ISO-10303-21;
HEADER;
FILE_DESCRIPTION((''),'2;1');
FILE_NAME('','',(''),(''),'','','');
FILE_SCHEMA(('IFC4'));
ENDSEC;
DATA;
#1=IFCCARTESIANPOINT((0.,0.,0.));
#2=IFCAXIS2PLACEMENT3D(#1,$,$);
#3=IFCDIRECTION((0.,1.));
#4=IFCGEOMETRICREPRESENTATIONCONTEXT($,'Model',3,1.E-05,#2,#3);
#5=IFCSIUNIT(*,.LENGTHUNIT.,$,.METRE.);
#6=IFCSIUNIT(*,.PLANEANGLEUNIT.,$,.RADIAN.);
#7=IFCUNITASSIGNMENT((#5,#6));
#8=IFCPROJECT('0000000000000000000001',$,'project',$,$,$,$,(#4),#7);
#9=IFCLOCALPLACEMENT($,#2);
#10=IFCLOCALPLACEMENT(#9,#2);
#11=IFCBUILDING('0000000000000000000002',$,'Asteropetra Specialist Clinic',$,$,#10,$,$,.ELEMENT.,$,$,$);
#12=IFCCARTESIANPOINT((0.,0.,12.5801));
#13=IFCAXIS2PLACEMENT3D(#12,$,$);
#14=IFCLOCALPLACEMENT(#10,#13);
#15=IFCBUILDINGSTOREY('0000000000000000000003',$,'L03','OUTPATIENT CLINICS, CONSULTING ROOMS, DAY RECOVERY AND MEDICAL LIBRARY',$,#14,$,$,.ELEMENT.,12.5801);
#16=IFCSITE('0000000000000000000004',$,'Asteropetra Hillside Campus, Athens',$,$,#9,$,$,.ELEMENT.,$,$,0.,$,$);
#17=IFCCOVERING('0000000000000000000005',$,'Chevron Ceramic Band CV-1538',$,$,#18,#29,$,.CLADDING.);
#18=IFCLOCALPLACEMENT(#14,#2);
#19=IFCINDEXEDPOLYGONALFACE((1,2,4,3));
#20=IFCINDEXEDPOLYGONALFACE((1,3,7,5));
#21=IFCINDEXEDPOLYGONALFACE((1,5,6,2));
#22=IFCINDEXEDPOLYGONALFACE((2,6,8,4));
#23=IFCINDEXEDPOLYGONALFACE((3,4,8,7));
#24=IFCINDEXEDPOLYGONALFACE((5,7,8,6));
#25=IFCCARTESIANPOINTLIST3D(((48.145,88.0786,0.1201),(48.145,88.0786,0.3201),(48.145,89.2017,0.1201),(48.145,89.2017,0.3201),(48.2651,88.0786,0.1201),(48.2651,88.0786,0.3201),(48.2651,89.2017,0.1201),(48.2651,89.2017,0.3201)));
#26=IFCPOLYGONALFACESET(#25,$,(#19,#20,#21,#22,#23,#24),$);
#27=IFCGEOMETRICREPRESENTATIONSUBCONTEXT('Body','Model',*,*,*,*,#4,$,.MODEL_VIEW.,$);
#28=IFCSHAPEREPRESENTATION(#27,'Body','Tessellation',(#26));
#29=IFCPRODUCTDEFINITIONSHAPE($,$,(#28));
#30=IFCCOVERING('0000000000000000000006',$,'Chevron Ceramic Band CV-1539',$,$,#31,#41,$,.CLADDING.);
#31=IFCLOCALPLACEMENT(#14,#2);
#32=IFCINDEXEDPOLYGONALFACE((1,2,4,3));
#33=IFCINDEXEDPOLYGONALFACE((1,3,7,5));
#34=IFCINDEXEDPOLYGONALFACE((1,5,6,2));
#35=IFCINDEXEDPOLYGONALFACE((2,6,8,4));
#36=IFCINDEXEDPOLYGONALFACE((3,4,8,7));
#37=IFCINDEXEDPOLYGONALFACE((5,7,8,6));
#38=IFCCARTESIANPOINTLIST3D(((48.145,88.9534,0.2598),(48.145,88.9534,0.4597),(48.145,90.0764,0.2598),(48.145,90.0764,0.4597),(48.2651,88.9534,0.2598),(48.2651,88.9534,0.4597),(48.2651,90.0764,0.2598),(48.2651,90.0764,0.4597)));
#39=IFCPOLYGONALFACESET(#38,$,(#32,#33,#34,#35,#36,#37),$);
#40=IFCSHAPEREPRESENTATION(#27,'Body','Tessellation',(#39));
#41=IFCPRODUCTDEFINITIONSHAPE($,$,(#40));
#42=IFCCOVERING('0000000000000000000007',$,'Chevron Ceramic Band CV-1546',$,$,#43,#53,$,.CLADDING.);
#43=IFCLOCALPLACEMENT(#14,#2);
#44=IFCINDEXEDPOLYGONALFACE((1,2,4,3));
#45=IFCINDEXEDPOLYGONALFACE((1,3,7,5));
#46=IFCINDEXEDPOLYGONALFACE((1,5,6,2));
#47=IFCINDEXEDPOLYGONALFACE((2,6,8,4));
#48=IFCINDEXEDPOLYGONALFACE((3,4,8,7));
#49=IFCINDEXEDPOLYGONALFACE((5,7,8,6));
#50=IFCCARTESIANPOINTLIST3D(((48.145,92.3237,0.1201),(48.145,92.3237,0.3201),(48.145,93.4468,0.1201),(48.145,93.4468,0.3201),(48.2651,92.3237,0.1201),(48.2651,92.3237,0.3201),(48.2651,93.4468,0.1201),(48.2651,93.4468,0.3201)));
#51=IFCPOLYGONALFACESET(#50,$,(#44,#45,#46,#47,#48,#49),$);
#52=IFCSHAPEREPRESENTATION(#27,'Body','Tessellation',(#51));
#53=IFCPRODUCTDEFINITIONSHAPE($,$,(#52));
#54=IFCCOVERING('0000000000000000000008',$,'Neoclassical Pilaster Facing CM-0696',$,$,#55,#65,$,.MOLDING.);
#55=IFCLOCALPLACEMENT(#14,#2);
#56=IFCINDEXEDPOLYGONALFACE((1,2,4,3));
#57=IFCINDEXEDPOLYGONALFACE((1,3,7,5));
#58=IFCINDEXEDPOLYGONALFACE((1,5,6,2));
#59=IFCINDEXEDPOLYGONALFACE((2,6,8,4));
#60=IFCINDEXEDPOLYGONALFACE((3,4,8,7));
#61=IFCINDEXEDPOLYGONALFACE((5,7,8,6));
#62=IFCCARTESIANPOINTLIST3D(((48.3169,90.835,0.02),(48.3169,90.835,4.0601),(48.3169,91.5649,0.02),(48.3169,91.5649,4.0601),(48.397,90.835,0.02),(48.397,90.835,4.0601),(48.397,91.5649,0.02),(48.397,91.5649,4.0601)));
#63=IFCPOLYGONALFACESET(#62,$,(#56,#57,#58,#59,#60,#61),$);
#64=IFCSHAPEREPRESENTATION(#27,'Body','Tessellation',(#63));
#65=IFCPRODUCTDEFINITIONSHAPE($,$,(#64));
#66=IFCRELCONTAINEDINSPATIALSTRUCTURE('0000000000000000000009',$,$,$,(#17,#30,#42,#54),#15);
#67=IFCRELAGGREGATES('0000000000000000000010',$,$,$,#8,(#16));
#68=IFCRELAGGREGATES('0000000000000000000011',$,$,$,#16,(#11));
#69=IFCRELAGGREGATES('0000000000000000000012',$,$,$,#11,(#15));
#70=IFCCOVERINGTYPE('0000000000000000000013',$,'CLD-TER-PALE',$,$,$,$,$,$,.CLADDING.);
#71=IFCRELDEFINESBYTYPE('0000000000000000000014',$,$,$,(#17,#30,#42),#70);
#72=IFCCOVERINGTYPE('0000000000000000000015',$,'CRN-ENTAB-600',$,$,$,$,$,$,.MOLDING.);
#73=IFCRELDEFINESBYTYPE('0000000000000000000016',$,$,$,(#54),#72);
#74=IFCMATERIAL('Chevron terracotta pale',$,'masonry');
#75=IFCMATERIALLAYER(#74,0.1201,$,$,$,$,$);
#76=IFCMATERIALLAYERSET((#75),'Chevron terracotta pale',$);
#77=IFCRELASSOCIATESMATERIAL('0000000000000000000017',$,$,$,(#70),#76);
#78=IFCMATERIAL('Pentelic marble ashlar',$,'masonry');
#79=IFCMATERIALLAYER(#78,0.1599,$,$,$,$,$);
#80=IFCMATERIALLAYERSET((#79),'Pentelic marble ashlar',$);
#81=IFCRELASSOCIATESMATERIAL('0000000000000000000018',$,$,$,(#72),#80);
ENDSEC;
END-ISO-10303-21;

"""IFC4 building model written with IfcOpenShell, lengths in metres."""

from ifc_helpers import new_model, si_unit, direction, frame, origin, origin_2d, place, context, subcontext, project, spatial, rectangle, extrude, material, layer, layer_set, type_object, element, save


model = new_model("IFC4")

# Units and contexts
model_context = context("Model", 3, precision=1e-05, world=origin(), true_north=direction((0.0, 1.0)))
body_context = subcontext(model_context, "Body", "Model", "MODEL_VIEW")
ifc_project = project(units=[si_unit("LENGTHUNIT", "METRE"), si_unit("PLANEANGLEUNIT", "RADIAN")], contexts=[model_context])

# Site, building, storey
site_placement = place(None, origin())
site = spatial("IfcSite", under=ifc_project, at=site_placement, Name="Asteropetra Hillside Campus, Athens", CompositionType="ELEMENT", RefElevation=0.0)
building_placement = place(site_placement, origin())
building = spatial("IfcBuilding", under=site, at=building_placement, Name="Asteropetra Specialist Clinic", CompositionType="ELEMENT")
storey_placement = place(building_placement, frame((0.0, 0.0, 12.5801)))
storey = spatial("IfcBuildingStorey", under=building, at=storey_placement, Name="L03", Description="OUTPATIENT CLINICS, CONSULTING ROOMS, DAY RECOVERY AND MEDICAL LIBRARY", CompositionType="ELEMENT", Elevation=12.5801)

# Coverings
ifc_material_1 = material(Name="Chevron terracotta pale", Category="masonry")
ifc_layer_1 = layer(ifc_material_1, 0.1201)
ifc_layer_set_1 = layer_set([ifc_layer_1], Name="Chevron terracotta pale")
covering_type_1 = type_object("IfcCoveringType", Name="CLD-TER-PALE", PredefinedType="CLADDING", material=ifc_layer_set_1)
for number, where, z_axis, x_axis, name in (
    (1, (48.2051, 88.6401, 0.1201), (0.0, 0.0, 1.0), (1.0, 0.0, 0.0), "Chevron Ceramic Band CV-1538"),
    (2, (48.2051, 89.5149, 0.2598), (0.0, 0.0, 1.0), (1.0, 0.0, 0.0), "Chevron Ceramic Band CV-1539"),
    (3, (48.2051, 92.8853, 0.1201), (0.0, 0.0, 1.0), (1.0, 0.0, 0.0), "Chevron Ceramic Band CV-1546"),
):
    element("IfcCovering", number, at=place(storey_placement, frame(where, z_axis=z_axis, x_axis=x_axis)), inside=storey, type_object=covering_type_1, Name=name, PredefinedType="CLADDING", context=body_context, shape_type="SweptSolid", body=[
        extrude(rectangle(XDim=0.1201, YDim=1.123, at=origin_2d()), origin(), (0.0, 0.0, 1.0), 0.2),
    ])
ifc_material_2 = material(Name="Pentelic marble ashlar", Category="masonry")
ifc_layer_2 = layer(ifc_material_2, 0.1599)
ifc_layer_set_2 = layer_set([ifc_layer_2], Name="Pentelic marble ashlar")
covering_type_2 = type_object("IfcCoveringType", Name="CRN-ENTAB-600", PredefinedType="MOLDING", material=ifc_layer_set_2)
covering_placement = place(storey_placement, frame((48.3569, 91.2, 0.02), z_axis=(0.0, 0.0, 1.0), x_axis=(1.0, 0.0, 0.0)))
element("IfcCovering", 4, at=covering_placement, inside=storey, type_object=covering_type_2, Name="Neoclassical Pilaster Facing CM-0696", PredefinedType="MOLDING", context=body_context, shape_type="SweptSolid", body=[
    extrude(rectangle(XDim=0.0801, YDim=0.73, at=origin_2d()), origin(), (0.0, 0.0, 1.0), 4.04),
])

save(model, "model.ifc")
